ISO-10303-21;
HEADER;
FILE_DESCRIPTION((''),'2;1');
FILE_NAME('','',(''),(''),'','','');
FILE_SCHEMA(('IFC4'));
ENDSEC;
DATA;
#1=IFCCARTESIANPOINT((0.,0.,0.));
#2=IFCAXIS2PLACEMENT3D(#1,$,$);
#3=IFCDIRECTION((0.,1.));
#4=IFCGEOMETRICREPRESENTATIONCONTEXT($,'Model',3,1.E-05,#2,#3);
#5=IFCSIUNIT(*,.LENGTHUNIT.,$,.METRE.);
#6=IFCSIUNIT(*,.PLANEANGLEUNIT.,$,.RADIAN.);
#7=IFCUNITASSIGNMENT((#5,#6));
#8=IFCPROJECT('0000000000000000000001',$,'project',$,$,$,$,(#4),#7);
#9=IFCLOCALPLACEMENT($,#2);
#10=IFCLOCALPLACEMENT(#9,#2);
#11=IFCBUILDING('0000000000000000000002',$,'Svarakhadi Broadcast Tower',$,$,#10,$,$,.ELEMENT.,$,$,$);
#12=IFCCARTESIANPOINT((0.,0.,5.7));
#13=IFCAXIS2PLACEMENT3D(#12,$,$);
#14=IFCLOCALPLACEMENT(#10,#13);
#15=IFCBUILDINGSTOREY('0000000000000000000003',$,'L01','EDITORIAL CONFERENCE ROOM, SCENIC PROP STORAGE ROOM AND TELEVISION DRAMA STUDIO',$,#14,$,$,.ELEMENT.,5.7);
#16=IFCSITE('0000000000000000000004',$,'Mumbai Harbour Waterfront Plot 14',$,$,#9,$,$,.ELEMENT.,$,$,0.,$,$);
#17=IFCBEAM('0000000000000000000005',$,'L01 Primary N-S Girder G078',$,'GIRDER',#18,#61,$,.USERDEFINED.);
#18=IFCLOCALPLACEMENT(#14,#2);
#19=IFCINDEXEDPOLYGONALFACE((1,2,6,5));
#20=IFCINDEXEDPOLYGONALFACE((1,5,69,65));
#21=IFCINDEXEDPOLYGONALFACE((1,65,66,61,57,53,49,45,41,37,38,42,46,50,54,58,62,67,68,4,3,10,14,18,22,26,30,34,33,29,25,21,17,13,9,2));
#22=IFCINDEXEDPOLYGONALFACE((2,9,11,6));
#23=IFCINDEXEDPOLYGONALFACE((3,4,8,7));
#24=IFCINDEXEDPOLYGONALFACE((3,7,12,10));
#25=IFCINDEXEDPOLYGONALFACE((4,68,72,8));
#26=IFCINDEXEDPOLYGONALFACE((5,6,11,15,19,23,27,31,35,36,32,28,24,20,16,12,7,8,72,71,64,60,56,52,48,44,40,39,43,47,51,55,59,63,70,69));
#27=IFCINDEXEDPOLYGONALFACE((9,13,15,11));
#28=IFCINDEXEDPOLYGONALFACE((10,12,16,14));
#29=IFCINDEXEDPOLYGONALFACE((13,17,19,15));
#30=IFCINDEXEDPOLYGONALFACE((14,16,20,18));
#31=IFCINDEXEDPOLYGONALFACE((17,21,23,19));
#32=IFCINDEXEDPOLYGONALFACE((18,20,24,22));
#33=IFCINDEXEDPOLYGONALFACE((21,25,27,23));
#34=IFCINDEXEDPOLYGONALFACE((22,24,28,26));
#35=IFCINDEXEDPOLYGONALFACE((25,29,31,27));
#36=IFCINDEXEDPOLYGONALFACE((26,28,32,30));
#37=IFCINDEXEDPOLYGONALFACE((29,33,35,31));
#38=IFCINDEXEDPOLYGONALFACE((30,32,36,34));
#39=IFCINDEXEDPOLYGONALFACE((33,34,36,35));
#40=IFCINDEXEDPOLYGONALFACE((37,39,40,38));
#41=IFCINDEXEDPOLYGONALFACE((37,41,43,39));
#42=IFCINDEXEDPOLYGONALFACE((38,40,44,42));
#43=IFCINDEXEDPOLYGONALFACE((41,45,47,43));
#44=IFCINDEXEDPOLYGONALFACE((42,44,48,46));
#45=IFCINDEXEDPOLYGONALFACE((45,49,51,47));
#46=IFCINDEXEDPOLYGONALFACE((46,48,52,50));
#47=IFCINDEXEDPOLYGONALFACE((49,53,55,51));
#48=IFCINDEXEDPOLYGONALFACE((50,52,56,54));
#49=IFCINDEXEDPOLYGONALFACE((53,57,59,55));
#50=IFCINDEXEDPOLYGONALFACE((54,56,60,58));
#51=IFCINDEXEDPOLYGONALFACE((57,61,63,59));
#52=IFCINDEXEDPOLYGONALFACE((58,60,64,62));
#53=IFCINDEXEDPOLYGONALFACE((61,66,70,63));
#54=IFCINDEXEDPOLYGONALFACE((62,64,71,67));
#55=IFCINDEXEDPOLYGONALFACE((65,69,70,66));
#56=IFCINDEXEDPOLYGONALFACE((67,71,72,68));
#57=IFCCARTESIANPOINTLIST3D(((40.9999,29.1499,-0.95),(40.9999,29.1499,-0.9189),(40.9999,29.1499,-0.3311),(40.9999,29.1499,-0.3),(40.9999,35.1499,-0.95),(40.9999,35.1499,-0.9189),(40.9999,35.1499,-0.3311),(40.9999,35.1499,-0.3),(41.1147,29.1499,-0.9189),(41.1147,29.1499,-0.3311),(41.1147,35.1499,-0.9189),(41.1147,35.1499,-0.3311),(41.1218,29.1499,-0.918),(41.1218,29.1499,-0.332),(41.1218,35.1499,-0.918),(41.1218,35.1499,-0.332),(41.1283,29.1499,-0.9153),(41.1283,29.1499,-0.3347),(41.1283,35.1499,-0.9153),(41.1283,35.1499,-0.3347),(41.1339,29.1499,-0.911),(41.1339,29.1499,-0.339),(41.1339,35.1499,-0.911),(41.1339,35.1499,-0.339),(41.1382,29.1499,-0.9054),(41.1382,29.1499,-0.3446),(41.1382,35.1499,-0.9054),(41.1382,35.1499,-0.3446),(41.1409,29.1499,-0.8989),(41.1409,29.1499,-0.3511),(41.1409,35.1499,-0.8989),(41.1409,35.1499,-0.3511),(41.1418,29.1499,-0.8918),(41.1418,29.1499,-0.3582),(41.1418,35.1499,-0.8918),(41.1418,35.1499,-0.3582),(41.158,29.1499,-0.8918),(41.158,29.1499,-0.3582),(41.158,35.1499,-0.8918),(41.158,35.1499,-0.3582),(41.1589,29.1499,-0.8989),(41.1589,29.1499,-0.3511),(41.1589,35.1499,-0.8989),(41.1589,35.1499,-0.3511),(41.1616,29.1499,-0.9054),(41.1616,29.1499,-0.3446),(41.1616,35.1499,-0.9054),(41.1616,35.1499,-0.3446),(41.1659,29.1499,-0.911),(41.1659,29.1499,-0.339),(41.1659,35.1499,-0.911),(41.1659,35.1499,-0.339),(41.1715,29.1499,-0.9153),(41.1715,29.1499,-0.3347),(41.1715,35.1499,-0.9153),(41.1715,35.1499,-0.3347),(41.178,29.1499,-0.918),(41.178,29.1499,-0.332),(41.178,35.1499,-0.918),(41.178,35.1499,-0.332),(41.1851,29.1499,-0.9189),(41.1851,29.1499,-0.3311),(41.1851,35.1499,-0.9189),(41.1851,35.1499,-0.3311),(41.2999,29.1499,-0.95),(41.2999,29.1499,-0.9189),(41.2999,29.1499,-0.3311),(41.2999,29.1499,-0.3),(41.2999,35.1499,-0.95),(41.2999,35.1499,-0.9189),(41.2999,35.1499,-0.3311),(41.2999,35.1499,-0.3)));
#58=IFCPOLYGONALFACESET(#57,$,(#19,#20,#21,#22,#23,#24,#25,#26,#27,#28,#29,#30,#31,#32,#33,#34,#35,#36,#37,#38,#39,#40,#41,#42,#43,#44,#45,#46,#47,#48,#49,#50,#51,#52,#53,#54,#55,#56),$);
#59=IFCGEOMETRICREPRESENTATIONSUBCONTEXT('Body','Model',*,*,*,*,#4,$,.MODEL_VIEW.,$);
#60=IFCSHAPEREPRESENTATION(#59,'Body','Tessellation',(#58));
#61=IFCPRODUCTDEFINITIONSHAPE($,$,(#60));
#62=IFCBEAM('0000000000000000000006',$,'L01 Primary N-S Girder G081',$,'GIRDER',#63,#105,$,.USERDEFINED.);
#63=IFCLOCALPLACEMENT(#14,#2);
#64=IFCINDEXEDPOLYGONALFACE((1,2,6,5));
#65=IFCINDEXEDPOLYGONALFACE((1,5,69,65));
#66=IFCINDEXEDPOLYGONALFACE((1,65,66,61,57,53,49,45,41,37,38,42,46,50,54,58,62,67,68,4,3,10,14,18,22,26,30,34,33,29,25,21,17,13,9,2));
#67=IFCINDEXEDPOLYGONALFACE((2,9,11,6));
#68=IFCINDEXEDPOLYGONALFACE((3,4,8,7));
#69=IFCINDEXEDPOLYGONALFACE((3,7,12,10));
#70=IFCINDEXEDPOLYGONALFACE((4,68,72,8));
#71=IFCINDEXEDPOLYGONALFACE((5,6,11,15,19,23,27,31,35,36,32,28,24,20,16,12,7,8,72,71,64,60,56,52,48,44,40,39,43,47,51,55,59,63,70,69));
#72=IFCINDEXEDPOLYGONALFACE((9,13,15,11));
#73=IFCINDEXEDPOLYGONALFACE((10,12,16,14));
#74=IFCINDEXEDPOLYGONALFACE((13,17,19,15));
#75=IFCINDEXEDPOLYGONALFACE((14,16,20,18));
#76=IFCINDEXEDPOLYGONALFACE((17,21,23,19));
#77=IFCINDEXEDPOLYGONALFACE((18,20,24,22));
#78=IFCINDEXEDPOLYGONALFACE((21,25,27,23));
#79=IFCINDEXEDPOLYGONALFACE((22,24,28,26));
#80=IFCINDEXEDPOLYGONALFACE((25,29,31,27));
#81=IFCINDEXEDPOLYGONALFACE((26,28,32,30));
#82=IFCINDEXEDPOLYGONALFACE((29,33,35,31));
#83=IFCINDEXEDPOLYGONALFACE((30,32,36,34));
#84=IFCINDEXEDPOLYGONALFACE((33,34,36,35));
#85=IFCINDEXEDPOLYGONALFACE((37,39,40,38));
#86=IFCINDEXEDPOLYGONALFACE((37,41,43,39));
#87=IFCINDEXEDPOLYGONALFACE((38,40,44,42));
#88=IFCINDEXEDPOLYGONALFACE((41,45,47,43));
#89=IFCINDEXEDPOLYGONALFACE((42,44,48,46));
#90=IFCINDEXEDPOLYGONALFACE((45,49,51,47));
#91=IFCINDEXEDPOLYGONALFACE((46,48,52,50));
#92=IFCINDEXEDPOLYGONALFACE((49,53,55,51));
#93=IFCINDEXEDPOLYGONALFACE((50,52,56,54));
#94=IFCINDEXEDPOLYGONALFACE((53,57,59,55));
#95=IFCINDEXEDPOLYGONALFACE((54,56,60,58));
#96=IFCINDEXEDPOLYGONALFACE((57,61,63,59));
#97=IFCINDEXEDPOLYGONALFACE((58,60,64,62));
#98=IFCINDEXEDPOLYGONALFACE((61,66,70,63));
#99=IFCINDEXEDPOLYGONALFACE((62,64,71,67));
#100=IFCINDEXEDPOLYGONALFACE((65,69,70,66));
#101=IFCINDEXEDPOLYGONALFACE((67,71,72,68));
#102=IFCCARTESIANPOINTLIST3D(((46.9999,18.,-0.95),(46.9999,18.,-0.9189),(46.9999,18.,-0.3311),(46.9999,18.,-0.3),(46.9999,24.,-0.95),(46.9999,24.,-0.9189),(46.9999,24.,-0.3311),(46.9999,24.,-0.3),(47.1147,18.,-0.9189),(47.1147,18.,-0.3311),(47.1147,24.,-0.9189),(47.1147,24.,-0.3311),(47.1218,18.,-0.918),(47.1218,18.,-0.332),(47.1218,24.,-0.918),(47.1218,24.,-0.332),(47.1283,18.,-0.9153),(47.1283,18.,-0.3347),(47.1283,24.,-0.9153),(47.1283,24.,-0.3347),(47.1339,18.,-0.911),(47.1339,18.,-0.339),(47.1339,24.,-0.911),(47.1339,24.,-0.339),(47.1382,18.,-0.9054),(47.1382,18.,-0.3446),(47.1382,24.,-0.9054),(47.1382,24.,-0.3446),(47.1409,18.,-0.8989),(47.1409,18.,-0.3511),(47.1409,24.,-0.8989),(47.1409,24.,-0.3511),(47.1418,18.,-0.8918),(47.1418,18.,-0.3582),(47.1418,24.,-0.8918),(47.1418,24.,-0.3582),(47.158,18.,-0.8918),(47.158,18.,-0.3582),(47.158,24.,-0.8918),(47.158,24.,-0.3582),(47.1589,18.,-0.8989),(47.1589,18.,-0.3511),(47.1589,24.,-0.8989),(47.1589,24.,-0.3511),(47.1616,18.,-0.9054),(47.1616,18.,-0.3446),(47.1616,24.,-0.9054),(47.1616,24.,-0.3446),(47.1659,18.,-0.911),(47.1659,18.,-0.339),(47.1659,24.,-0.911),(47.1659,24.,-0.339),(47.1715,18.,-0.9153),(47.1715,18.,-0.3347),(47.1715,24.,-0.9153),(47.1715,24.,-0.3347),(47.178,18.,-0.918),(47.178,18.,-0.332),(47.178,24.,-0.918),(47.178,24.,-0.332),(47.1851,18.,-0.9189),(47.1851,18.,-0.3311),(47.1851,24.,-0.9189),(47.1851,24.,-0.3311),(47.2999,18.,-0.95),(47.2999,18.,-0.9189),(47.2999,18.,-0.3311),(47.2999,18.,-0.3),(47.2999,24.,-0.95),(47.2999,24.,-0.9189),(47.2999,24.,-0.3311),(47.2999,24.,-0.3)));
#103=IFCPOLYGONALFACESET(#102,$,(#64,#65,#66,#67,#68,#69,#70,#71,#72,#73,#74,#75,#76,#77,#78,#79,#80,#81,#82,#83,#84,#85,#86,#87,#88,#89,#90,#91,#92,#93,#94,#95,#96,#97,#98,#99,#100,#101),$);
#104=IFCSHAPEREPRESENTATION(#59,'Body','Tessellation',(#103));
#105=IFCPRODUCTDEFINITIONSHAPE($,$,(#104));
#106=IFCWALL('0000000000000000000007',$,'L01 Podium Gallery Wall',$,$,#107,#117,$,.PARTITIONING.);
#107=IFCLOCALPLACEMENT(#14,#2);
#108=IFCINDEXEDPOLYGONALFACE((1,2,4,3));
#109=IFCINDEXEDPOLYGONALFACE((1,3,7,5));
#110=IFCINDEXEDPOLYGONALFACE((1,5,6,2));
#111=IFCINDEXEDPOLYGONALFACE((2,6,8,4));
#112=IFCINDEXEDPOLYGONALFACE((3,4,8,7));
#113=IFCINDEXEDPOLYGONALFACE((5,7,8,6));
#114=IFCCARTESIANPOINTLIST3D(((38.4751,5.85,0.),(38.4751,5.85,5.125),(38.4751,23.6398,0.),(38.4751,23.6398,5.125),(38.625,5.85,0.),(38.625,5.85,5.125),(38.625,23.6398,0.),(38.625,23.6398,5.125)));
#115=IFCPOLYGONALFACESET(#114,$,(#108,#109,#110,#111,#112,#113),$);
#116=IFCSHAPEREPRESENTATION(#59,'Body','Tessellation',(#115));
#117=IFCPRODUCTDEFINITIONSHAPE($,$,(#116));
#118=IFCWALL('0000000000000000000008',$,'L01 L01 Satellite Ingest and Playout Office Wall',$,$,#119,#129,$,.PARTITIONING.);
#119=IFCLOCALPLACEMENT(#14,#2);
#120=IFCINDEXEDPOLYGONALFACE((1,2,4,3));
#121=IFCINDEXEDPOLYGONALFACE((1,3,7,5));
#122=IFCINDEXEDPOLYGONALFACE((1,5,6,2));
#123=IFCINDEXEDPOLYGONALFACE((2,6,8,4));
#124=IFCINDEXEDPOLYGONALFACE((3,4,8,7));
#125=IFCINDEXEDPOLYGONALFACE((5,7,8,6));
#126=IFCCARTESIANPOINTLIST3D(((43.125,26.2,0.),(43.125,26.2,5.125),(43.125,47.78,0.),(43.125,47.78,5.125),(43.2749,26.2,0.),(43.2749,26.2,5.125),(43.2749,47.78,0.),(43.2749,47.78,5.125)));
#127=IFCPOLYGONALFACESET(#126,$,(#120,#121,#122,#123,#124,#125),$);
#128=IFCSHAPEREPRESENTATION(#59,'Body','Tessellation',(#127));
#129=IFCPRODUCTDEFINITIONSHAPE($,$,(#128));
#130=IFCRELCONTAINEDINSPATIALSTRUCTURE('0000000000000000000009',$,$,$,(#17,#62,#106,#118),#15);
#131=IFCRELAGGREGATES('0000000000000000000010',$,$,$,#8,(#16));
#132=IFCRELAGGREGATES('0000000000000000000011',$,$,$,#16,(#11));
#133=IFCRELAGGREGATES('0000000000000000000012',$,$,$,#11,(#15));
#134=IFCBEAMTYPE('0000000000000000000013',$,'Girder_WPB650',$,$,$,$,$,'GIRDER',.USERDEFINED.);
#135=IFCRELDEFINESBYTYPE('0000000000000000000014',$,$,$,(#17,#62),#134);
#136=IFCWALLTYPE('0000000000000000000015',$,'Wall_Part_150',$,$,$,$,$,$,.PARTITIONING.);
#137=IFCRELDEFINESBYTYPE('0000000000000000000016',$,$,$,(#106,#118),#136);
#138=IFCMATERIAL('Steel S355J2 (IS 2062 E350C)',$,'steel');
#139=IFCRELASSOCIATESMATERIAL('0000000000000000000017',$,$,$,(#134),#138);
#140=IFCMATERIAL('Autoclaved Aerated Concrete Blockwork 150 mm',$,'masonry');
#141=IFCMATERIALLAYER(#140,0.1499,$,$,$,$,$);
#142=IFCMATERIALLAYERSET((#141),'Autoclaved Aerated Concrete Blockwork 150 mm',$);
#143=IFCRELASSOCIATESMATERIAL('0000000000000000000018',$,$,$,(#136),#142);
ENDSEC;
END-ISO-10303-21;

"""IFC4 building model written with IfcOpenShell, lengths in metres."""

from ifc_helpers import new_model, si_unit, direction, frame, frame_2d, origin, origin_2d, place, context, subcontext, project, spatial, rectangle, i_section, extrude, material, layer, layer_set, material_profile, profile_set, type_object, element, save


model = new_model("IFC4")

# Units and contexts
model_context = context("Model", 3, precision=1e-05, world=origin(), true_north=direction((0.0, 1.0)))
body_context = subcontext(model_context, "Body", "Model", "MODEL_VIEW")
ifc_project = project(units=[si_unit("LENGTHUNIT", "METRE"), si_unit("PLANEANGLEUNIT", "RADIAN")], contexts=[model_context])

# Site, building, storey
site_placement = place(None, origin())
site = spatial("IfcSite", under=ifc_project, at=site_placement, Name="Mumbai Harbour Waterfront Plot 14", CompositionType="ELEMENT", RefElevation=0.0)
building_placement = place(site_placement, origin())
building = spatial("IfcBuilding", under=site, at=building_placement, Name="Svarakhadi Broadcast Tower", CompositionType="ELEMENT")
storey_placement = place(building_placement, frame((0.0, 0.0, 5.7)))
storey = spatial("IfcBuildingStorey", under=building, at=storey_placement, Name="L01", Description="EDITORIAL CONFERENCE ROOM, SCENIC PROP STORAGE ROOM AND TELEVISION DRAMA STUDIO", CompositionType="ELEMENT", Elevation=5.7)

# Beams
ifc_material_1 = material(Name="Steel S355J2 (IS 2062 E350C)", Category="steel")
ifc_material_profile_1 = material_profile(ifc_material_1, i_section(OverallWidth=0.3, OverallDepth=0.6499, WebThickness=0.0161, FlangeThickness=0.031, FilletRadius=0.0271, at=origin_2d()), Name="WPB 650x300x225")
ifc_profile_set_1 = profile_set([ifc_material_profile_1], Name="Steel S355J2 (IS 2062 E350C)")
beam_type_1 = type_object("IfcBeamType", Name="Girder_WPB650", ElementType="GIRDER", PredefinedType="USERDEFINED", material=ifc_profile_set_1)
for number, where, z_axis, x_axis, name in (
    (1, (41.1499, 29.1499, -0.625), (0.0, 1.0, 0.0), (-1.0, 0.0, 0.0), "L01 Primary N-S Girder G078"),
    (2, (47.1499, 18.0, -0.625), (0.0, 1.0, 0.0), (-1.0, 0.0, 0.0), "L01 Primary N-S Girder G081"),
):
    element("IfcBeam", number, at=place(storey_placement, frame(where, z_axis=z_axis, x_axis=x_axis)), inside=storey, type_object=beam_type_1, Name=name, ObjectType="GIRDER", PredefinedType="USERDEFINED", context=body_context, shape_type="SweptSolid", body=[
        extrude(i_section(OverallWidth=0.3, OverallDepth=0.6499, WebThickness=0.0161, FlangeThickness=0.031, FilletRadius=0.0271, at=origin_2d()), origin(), (0.0, 0.0, 1.0), 6.0),
    ])

# Walls
ifc_material_2 = material(Name="Autoclaved Aerated Concrete Blockwork 150 mm", Category="masonry")
ifc_layer = layer(ifc_material_2, 0.1499)
ifc_layer_set = layer_set([ifc_layer], Name="Autoclaved Aerated Concrete Blockwork 150 mm")
wall_type = type_object("IfcWallType", Name="Wall_Part_150", PredefinedType="PARTITIONING", material=ifc_layer_set)
wall_1_placement = place(storey_placement, frame((38.55, 23.6399, 0.0), z_axis=(0.0, 0.0, 1.0), x_axis=(0.0, -1.0, 0.0)))
element("IfcWall", 3, at=wall_1_placement, inside=storey, type_object=wall_type, Name="L01 Podium Gallery Wall", PredefinedType="PARTITIONING", context=body_context, shape_type="SweptSolid", body=[
    extrude(rectangle(XDim=17.7898, YDim=0.1499, at=frame_2d((8.895, 0.0))), origin(), (0.0, 0.0, 1.0), 5.125),
])
wall_2_placement = place(storey_placement, frame((43.2, 26.2, 0.0), z_axis=(0.0, 0.0, 1.0), x_axis=(0.0, 1.0, 0.0)))
element("IfcWall", 4, at=wall_2_placement, inside=storey, type_object=wall_type, Name="L01 L01 Satellite Ingest and Playout Office Wall", PredefinedType="PARTITIONING", context=body_context, shape_type="SweptSolid", body=[
    extrude(rectangle(XDim=21.5801, YDim=0.1499, at=frame_2d((10.79, 0.0))), origin(), (0.0, 0.0, 1.0), 5.125),
])

save(model, "model.ifc")
